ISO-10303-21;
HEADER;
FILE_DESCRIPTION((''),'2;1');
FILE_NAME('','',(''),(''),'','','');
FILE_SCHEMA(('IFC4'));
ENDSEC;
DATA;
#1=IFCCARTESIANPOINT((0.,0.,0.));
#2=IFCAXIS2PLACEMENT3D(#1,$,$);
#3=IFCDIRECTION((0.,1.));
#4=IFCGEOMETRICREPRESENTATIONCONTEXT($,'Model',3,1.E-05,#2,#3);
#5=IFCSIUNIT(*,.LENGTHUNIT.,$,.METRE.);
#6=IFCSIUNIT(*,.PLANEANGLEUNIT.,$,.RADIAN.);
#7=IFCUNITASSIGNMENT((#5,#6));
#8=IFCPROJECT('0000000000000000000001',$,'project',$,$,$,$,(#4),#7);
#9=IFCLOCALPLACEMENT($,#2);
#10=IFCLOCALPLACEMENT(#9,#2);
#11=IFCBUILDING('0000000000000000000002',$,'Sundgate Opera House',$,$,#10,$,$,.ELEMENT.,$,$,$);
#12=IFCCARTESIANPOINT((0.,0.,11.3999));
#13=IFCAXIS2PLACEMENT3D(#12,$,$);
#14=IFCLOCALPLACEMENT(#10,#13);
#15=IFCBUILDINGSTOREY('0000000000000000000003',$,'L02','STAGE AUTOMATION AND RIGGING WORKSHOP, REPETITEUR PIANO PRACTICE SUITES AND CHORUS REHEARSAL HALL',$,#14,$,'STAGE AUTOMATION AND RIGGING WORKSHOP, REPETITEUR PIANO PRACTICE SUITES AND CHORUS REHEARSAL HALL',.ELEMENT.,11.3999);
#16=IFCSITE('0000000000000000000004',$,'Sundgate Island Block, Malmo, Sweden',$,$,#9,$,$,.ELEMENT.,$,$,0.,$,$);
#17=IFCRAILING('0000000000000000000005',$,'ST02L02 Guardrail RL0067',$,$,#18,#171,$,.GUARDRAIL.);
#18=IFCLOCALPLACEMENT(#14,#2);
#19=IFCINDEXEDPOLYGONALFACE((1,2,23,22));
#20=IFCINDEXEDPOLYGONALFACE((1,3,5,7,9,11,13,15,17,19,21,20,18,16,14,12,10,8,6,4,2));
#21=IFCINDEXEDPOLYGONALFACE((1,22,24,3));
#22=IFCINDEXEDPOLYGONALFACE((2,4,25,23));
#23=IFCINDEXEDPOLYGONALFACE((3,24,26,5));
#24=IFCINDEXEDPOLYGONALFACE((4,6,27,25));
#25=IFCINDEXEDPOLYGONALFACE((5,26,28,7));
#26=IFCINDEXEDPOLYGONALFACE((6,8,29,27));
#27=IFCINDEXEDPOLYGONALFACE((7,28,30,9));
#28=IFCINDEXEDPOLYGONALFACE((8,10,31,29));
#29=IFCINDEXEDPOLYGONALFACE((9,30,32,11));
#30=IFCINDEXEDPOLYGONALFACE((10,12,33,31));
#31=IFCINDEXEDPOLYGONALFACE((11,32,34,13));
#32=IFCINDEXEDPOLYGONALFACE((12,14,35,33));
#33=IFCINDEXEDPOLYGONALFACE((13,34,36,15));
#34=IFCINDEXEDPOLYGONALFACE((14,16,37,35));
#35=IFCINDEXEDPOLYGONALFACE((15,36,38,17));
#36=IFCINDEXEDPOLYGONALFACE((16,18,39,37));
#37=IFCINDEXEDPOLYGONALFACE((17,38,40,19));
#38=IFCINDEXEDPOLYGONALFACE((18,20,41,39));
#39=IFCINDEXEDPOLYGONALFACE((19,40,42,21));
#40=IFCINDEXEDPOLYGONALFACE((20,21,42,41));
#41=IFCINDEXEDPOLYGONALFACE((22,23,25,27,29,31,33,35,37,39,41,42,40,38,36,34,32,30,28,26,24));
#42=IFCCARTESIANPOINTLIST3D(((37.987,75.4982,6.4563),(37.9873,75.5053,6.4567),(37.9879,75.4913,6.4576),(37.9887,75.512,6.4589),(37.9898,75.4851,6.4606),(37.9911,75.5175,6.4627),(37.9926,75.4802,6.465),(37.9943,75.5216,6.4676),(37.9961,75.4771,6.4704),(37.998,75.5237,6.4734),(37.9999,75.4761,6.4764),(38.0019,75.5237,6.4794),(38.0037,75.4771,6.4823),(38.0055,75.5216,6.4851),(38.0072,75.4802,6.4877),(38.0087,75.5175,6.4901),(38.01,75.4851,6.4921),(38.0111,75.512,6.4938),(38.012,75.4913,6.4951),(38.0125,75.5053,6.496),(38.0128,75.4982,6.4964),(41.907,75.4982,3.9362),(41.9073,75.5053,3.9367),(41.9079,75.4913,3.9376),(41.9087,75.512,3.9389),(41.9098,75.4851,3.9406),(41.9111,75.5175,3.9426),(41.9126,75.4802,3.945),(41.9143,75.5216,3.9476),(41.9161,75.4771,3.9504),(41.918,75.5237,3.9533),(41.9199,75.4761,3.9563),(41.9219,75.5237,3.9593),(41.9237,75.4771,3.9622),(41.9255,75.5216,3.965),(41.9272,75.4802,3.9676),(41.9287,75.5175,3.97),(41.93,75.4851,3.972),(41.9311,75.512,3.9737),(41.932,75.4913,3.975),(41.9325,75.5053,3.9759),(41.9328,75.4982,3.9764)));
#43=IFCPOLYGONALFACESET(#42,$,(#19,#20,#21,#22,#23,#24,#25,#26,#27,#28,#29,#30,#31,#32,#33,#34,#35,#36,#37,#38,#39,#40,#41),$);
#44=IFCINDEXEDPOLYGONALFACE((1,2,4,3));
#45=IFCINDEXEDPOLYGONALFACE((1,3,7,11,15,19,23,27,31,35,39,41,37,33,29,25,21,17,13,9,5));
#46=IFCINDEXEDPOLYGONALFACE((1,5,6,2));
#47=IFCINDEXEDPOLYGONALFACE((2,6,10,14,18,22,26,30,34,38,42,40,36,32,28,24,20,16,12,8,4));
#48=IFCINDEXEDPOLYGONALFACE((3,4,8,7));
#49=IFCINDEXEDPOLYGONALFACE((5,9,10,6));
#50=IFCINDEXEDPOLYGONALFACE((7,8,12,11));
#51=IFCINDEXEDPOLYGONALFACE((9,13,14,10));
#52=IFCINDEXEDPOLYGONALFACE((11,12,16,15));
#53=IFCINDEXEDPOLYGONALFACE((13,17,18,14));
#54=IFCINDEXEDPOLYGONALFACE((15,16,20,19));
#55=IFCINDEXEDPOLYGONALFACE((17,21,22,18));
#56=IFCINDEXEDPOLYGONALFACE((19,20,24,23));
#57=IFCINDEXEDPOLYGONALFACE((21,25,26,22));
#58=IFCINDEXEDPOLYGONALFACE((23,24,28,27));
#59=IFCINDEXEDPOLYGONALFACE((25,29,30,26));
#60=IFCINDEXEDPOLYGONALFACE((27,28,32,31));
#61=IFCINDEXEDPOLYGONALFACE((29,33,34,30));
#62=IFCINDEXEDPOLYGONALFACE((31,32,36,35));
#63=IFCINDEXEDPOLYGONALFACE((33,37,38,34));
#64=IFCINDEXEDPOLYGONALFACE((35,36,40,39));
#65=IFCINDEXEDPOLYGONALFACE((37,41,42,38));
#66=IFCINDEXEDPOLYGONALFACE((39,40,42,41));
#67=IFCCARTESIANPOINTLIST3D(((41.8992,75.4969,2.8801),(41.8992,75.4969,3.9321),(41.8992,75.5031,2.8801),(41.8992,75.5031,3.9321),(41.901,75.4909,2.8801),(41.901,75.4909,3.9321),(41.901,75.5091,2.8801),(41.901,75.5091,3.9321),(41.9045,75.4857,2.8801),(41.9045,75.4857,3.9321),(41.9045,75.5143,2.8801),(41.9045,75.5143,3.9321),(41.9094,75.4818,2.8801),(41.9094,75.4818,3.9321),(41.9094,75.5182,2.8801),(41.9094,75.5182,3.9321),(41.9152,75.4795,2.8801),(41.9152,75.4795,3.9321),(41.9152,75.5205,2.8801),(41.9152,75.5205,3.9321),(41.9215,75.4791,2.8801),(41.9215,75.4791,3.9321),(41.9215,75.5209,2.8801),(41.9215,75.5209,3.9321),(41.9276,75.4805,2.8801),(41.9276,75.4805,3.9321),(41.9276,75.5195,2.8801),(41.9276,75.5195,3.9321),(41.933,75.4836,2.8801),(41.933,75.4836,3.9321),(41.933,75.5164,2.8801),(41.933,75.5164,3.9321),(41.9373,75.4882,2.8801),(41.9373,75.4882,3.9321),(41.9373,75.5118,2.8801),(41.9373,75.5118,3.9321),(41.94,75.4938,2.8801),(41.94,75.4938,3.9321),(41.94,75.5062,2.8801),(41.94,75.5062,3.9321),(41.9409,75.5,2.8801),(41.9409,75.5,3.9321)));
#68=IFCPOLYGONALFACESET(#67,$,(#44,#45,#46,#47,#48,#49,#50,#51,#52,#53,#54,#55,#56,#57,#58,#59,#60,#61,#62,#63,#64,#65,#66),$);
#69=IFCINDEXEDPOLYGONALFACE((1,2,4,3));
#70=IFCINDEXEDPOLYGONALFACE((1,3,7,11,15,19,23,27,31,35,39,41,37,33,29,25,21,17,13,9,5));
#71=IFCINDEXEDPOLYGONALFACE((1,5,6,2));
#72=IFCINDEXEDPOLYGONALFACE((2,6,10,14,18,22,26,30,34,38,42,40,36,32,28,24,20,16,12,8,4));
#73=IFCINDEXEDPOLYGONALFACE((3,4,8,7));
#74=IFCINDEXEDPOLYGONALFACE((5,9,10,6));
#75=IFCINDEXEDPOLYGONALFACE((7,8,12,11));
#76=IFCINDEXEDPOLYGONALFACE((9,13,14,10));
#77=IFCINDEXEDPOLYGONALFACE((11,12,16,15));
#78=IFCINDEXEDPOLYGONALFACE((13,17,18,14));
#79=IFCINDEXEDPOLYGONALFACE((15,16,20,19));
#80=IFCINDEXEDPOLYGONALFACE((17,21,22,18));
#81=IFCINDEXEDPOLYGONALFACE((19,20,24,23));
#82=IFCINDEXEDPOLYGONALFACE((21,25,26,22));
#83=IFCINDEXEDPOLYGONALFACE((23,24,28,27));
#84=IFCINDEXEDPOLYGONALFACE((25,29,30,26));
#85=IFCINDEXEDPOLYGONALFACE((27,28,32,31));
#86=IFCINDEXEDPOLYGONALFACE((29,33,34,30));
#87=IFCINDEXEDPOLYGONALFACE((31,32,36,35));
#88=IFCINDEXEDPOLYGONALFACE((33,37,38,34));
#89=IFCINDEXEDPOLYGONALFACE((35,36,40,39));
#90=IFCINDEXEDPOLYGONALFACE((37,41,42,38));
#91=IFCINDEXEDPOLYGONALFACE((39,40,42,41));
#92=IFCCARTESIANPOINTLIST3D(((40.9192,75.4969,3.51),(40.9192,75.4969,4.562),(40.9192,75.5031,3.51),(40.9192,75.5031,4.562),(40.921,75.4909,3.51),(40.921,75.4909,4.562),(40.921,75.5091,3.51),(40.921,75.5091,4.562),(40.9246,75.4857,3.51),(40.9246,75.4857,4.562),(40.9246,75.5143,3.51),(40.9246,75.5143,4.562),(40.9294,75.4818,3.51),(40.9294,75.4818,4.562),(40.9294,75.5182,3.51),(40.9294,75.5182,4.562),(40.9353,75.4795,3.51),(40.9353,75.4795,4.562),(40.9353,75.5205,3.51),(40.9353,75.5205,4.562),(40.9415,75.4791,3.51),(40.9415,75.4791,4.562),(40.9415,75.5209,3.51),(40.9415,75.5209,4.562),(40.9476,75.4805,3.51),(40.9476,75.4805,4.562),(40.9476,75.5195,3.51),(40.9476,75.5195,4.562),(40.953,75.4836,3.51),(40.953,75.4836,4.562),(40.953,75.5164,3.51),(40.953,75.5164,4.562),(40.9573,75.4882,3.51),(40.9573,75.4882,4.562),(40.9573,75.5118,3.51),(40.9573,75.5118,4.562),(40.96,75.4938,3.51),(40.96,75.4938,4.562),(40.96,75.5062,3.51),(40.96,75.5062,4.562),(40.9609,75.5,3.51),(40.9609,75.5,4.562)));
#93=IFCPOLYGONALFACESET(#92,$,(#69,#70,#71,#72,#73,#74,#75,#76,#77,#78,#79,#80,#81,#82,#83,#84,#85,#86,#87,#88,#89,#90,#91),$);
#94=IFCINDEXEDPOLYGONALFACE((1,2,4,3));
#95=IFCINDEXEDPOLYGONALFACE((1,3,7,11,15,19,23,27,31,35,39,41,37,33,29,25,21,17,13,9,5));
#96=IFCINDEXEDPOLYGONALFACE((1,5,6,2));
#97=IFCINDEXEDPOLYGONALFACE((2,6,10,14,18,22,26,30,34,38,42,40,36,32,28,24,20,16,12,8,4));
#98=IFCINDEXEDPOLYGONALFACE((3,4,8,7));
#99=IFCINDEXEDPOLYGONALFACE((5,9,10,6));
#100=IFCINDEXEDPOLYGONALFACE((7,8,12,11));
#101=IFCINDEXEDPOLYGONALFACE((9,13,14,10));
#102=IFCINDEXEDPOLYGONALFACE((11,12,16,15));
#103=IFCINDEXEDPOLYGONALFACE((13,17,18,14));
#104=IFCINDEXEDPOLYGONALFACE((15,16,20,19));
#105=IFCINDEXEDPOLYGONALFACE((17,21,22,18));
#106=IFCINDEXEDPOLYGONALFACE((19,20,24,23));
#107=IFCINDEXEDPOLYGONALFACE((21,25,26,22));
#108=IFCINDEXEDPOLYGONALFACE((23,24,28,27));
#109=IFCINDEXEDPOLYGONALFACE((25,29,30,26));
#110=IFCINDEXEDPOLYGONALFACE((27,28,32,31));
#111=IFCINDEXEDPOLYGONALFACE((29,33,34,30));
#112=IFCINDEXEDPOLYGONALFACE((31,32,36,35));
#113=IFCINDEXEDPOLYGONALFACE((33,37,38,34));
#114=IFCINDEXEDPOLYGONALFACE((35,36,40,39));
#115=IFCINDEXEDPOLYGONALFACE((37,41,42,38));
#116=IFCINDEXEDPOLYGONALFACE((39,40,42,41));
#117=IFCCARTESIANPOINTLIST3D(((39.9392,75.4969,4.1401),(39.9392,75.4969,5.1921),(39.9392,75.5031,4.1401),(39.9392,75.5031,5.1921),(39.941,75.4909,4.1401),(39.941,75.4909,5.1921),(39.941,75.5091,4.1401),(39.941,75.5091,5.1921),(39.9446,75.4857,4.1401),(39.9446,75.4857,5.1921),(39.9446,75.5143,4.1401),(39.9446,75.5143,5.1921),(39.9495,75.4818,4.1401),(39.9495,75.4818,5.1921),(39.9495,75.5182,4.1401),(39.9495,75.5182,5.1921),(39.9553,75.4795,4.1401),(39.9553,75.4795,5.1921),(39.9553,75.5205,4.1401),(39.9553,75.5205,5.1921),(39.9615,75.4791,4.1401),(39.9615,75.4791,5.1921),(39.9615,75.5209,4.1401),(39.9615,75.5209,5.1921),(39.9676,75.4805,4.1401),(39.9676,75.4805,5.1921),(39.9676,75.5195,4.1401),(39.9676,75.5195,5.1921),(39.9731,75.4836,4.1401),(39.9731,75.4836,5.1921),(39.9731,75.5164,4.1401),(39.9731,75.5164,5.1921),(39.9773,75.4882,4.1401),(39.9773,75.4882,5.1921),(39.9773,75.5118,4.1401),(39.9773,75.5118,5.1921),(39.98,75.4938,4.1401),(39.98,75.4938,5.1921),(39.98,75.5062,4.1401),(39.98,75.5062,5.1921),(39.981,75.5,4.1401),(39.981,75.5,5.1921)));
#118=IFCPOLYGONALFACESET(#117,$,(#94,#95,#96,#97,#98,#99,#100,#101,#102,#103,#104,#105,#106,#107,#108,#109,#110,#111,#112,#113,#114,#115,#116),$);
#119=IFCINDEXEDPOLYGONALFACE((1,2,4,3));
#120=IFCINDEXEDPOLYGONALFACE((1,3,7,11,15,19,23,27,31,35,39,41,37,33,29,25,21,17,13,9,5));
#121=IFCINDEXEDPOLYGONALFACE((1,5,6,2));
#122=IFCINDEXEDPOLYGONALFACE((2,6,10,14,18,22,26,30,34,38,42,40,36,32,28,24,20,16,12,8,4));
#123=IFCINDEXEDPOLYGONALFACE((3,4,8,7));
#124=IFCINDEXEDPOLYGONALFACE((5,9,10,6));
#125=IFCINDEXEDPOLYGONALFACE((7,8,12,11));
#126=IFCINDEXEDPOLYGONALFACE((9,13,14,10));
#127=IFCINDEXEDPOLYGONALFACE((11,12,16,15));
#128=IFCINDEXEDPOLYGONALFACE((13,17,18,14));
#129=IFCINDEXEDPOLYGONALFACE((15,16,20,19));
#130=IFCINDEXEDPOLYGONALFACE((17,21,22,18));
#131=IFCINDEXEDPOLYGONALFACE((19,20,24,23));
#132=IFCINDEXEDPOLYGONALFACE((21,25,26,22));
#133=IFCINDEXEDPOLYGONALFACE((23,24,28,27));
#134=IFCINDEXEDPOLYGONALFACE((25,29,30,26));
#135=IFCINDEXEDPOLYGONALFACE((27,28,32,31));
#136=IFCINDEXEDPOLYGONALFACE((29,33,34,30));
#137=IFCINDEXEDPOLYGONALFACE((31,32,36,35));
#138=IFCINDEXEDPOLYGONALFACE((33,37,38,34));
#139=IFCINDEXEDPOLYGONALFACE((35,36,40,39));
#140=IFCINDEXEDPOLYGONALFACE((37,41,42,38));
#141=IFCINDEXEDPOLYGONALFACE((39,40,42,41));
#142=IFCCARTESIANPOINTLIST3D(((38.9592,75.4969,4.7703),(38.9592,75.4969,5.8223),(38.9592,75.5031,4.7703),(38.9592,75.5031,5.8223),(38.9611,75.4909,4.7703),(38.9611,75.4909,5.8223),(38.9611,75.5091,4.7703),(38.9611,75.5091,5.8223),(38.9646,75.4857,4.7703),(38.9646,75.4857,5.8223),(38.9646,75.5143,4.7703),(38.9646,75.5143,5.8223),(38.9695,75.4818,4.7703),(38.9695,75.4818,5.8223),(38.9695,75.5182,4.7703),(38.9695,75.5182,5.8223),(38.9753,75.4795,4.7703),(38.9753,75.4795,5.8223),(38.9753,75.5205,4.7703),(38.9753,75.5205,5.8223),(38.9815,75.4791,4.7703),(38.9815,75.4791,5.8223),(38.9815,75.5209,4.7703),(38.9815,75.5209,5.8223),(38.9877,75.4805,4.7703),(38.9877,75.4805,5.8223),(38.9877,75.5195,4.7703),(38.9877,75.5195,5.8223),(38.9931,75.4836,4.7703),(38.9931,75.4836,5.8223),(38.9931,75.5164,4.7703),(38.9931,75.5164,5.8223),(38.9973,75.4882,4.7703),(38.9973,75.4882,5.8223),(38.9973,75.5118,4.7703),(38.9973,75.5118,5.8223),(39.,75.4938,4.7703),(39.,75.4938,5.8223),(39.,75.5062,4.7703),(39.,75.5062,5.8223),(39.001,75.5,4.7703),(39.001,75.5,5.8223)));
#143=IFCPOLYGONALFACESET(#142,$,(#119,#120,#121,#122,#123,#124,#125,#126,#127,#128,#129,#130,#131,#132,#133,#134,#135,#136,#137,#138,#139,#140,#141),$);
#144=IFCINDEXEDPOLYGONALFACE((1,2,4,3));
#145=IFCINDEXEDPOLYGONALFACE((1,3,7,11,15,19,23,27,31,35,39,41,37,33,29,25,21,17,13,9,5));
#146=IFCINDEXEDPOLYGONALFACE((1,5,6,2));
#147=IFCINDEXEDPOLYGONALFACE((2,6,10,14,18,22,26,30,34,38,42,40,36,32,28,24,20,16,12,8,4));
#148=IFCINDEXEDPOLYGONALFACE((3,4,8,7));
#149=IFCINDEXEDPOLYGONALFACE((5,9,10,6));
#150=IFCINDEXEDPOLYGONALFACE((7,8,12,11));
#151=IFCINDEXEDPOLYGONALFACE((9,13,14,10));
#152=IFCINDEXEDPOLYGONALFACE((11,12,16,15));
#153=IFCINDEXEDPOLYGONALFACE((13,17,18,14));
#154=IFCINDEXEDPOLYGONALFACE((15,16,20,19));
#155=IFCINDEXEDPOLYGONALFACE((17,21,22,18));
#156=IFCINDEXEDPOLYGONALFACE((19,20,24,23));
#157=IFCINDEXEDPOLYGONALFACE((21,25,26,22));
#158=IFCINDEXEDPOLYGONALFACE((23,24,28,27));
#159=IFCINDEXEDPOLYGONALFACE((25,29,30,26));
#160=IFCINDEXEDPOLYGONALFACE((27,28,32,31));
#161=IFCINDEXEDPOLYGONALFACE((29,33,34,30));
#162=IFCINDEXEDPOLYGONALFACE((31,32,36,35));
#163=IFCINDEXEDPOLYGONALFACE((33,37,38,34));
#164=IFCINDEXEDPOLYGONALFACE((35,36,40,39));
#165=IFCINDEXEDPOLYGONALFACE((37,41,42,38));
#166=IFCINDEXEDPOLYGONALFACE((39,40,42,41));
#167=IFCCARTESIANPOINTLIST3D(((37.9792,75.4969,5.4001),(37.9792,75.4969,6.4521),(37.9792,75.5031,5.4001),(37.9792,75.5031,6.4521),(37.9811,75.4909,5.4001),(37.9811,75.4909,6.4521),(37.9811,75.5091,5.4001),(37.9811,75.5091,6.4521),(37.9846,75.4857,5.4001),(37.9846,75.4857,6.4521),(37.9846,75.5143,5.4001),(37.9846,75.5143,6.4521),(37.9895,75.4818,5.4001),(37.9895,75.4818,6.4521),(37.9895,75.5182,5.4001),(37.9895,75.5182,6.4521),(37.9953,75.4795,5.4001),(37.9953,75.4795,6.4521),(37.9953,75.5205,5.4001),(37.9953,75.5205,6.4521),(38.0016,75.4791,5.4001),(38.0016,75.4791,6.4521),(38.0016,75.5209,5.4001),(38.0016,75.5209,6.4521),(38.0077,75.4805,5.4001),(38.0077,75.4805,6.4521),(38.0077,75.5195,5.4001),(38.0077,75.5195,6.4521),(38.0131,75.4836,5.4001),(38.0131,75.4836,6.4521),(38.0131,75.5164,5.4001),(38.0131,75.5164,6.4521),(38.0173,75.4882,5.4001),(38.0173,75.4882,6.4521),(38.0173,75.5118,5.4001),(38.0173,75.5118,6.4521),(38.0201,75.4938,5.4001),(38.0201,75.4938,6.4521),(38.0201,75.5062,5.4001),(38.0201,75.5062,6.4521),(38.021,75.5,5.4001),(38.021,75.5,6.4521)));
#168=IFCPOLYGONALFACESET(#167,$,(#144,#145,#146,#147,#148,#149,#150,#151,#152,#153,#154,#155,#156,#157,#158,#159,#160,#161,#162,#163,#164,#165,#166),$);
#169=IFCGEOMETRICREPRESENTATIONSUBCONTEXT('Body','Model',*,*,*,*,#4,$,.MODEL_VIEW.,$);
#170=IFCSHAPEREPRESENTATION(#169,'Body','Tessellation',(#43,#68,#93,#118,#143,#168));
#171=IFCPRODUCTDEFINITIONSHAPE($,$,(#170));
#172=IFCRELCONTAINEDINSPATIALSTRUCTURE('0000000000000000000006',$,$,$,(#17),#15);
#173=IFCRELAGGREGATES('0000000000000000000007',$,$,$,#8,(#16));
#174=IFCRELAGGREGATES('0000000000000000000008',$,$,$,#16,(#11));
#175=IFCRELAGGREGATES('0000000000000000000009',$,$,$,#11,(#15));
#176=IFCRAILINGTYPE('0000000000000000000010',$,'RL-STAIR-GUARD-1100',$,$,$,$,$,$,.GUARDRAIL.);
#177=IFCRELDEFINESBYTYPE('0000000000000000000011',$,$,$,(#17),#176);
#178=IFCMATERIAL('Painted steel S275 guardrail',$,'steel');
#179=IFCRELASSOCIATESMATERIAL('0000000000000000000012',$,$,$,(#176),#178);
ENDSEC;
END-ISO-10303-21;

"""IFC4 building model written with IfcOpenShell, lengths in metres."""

from ifc_helpers import new_model, si_unit, direction, frame, origin, origin_2d, place, context, subcontext, project, spatial, circle, extrude, material, type_object, element, save


model = new_model("IFC4")

# Units and contexts
model_context = context("Model", 3, precision=1e-05, world=origin(), true_north=direction((0.0, 1.0)))
body_context = subcontext(model_context, "Body", "Model", "MODEL_VIEW")
ifc_project = project(units=[si_unit("LENGTHUNIT", "METRE"), si_unit("PLANEANGLEUNIT", "RADIAN")], contexts=[model_context])

# Site, building, storey
site_placement = place(None, origin())
site = spatial("IfcSite", under=ifc_project, at=site_placement, Name="Sundgate Island Block, Malmo, Sweden", CompositionType="ELEMENT", RefElevation=0.0)
building_placement = place(site_placement, origin())
building = spatial("IfcBuilding", under=site, at=building_placement, Name="Sundgate Opera House", CompositionType="ELEMENT")
storey_placement = place(building_placement, frame((0.0, 0.0, 11.3999)))
storey = spatial("IfcBuildingStorey", under=building, at=storey_placement, Name="L02", Description="STAGE AUTOMATION AND RIGGING WORKSHOP, REPETITEUR PIANO PRACTICE SUITES AND CHORUS REHEARSAL HALL", LongName="STAGE AUTOMATION AND RIGGING WORKSHOP, REPETITEUR PIANO PRACTICE SUITES AND CHORUS REHEARSAL HALL", CompositionType="ELEMENT", Elevation=11.3999)

# Railing
ifc_material_1 = material(Name="Painted steel S275 guardrail", Category="steel")
railing_type_1 = type_object("IfcRailingType", Name="RL-STAIR-GUARD-1100", PredefinedType="GUARDRAIL", material=ifc_material_1)
railing_1_placement = place(storey_placement, frame((41.9199, 75.5, 2.8801)))
element("IfcRailing", 1, at=railing_1_placement, inside=storey, type_object=railing_type_1, Name="ST02L02 Guardrail RL0067", PredefinedType="GUARDRAIL", context=body_context, shape_type="SweptSolid", body=[
    extrude(circle(Radius=0.0239, at=origin_2d()), frame((0.0, 0.0, 1.0762), z_axis=(-0.841172, 0.0, 0.540768), x_axis=(0.0, -1.0, 0.0)), (0.0, 0.0, 1.0), 4.6602),
    extrude(circle(Radius=0.021, at=origin_2d()), origin(), (0.0, 0.0, 1.0), 1.052),
    extrude(circle(Radius=0.021, at=origin_2d()), frame((-0.98, 0.0, 0.6299)), (0.0, 0.0, 1.0), 1.052),
    extrude(circle(Radius=0.021, at=origin_2d()), frame((-1.96, 0.0, 1.26)), (0.0, 0.0, 1.0), 1.052),
    extrude(circle(Radius=0.021, at=origin_2d()), frame((-2.9399, 0.0, 1.8901)), (0.0, 0.0, 1.0), 1.052),
    extrude(circle(Radius=0.021, at=origin_2d()), frame((-3.9199, 0.0, 2.52)), (0.0, 0.0, 1.0), 1.052),
])

save(model, "model.ifc")
